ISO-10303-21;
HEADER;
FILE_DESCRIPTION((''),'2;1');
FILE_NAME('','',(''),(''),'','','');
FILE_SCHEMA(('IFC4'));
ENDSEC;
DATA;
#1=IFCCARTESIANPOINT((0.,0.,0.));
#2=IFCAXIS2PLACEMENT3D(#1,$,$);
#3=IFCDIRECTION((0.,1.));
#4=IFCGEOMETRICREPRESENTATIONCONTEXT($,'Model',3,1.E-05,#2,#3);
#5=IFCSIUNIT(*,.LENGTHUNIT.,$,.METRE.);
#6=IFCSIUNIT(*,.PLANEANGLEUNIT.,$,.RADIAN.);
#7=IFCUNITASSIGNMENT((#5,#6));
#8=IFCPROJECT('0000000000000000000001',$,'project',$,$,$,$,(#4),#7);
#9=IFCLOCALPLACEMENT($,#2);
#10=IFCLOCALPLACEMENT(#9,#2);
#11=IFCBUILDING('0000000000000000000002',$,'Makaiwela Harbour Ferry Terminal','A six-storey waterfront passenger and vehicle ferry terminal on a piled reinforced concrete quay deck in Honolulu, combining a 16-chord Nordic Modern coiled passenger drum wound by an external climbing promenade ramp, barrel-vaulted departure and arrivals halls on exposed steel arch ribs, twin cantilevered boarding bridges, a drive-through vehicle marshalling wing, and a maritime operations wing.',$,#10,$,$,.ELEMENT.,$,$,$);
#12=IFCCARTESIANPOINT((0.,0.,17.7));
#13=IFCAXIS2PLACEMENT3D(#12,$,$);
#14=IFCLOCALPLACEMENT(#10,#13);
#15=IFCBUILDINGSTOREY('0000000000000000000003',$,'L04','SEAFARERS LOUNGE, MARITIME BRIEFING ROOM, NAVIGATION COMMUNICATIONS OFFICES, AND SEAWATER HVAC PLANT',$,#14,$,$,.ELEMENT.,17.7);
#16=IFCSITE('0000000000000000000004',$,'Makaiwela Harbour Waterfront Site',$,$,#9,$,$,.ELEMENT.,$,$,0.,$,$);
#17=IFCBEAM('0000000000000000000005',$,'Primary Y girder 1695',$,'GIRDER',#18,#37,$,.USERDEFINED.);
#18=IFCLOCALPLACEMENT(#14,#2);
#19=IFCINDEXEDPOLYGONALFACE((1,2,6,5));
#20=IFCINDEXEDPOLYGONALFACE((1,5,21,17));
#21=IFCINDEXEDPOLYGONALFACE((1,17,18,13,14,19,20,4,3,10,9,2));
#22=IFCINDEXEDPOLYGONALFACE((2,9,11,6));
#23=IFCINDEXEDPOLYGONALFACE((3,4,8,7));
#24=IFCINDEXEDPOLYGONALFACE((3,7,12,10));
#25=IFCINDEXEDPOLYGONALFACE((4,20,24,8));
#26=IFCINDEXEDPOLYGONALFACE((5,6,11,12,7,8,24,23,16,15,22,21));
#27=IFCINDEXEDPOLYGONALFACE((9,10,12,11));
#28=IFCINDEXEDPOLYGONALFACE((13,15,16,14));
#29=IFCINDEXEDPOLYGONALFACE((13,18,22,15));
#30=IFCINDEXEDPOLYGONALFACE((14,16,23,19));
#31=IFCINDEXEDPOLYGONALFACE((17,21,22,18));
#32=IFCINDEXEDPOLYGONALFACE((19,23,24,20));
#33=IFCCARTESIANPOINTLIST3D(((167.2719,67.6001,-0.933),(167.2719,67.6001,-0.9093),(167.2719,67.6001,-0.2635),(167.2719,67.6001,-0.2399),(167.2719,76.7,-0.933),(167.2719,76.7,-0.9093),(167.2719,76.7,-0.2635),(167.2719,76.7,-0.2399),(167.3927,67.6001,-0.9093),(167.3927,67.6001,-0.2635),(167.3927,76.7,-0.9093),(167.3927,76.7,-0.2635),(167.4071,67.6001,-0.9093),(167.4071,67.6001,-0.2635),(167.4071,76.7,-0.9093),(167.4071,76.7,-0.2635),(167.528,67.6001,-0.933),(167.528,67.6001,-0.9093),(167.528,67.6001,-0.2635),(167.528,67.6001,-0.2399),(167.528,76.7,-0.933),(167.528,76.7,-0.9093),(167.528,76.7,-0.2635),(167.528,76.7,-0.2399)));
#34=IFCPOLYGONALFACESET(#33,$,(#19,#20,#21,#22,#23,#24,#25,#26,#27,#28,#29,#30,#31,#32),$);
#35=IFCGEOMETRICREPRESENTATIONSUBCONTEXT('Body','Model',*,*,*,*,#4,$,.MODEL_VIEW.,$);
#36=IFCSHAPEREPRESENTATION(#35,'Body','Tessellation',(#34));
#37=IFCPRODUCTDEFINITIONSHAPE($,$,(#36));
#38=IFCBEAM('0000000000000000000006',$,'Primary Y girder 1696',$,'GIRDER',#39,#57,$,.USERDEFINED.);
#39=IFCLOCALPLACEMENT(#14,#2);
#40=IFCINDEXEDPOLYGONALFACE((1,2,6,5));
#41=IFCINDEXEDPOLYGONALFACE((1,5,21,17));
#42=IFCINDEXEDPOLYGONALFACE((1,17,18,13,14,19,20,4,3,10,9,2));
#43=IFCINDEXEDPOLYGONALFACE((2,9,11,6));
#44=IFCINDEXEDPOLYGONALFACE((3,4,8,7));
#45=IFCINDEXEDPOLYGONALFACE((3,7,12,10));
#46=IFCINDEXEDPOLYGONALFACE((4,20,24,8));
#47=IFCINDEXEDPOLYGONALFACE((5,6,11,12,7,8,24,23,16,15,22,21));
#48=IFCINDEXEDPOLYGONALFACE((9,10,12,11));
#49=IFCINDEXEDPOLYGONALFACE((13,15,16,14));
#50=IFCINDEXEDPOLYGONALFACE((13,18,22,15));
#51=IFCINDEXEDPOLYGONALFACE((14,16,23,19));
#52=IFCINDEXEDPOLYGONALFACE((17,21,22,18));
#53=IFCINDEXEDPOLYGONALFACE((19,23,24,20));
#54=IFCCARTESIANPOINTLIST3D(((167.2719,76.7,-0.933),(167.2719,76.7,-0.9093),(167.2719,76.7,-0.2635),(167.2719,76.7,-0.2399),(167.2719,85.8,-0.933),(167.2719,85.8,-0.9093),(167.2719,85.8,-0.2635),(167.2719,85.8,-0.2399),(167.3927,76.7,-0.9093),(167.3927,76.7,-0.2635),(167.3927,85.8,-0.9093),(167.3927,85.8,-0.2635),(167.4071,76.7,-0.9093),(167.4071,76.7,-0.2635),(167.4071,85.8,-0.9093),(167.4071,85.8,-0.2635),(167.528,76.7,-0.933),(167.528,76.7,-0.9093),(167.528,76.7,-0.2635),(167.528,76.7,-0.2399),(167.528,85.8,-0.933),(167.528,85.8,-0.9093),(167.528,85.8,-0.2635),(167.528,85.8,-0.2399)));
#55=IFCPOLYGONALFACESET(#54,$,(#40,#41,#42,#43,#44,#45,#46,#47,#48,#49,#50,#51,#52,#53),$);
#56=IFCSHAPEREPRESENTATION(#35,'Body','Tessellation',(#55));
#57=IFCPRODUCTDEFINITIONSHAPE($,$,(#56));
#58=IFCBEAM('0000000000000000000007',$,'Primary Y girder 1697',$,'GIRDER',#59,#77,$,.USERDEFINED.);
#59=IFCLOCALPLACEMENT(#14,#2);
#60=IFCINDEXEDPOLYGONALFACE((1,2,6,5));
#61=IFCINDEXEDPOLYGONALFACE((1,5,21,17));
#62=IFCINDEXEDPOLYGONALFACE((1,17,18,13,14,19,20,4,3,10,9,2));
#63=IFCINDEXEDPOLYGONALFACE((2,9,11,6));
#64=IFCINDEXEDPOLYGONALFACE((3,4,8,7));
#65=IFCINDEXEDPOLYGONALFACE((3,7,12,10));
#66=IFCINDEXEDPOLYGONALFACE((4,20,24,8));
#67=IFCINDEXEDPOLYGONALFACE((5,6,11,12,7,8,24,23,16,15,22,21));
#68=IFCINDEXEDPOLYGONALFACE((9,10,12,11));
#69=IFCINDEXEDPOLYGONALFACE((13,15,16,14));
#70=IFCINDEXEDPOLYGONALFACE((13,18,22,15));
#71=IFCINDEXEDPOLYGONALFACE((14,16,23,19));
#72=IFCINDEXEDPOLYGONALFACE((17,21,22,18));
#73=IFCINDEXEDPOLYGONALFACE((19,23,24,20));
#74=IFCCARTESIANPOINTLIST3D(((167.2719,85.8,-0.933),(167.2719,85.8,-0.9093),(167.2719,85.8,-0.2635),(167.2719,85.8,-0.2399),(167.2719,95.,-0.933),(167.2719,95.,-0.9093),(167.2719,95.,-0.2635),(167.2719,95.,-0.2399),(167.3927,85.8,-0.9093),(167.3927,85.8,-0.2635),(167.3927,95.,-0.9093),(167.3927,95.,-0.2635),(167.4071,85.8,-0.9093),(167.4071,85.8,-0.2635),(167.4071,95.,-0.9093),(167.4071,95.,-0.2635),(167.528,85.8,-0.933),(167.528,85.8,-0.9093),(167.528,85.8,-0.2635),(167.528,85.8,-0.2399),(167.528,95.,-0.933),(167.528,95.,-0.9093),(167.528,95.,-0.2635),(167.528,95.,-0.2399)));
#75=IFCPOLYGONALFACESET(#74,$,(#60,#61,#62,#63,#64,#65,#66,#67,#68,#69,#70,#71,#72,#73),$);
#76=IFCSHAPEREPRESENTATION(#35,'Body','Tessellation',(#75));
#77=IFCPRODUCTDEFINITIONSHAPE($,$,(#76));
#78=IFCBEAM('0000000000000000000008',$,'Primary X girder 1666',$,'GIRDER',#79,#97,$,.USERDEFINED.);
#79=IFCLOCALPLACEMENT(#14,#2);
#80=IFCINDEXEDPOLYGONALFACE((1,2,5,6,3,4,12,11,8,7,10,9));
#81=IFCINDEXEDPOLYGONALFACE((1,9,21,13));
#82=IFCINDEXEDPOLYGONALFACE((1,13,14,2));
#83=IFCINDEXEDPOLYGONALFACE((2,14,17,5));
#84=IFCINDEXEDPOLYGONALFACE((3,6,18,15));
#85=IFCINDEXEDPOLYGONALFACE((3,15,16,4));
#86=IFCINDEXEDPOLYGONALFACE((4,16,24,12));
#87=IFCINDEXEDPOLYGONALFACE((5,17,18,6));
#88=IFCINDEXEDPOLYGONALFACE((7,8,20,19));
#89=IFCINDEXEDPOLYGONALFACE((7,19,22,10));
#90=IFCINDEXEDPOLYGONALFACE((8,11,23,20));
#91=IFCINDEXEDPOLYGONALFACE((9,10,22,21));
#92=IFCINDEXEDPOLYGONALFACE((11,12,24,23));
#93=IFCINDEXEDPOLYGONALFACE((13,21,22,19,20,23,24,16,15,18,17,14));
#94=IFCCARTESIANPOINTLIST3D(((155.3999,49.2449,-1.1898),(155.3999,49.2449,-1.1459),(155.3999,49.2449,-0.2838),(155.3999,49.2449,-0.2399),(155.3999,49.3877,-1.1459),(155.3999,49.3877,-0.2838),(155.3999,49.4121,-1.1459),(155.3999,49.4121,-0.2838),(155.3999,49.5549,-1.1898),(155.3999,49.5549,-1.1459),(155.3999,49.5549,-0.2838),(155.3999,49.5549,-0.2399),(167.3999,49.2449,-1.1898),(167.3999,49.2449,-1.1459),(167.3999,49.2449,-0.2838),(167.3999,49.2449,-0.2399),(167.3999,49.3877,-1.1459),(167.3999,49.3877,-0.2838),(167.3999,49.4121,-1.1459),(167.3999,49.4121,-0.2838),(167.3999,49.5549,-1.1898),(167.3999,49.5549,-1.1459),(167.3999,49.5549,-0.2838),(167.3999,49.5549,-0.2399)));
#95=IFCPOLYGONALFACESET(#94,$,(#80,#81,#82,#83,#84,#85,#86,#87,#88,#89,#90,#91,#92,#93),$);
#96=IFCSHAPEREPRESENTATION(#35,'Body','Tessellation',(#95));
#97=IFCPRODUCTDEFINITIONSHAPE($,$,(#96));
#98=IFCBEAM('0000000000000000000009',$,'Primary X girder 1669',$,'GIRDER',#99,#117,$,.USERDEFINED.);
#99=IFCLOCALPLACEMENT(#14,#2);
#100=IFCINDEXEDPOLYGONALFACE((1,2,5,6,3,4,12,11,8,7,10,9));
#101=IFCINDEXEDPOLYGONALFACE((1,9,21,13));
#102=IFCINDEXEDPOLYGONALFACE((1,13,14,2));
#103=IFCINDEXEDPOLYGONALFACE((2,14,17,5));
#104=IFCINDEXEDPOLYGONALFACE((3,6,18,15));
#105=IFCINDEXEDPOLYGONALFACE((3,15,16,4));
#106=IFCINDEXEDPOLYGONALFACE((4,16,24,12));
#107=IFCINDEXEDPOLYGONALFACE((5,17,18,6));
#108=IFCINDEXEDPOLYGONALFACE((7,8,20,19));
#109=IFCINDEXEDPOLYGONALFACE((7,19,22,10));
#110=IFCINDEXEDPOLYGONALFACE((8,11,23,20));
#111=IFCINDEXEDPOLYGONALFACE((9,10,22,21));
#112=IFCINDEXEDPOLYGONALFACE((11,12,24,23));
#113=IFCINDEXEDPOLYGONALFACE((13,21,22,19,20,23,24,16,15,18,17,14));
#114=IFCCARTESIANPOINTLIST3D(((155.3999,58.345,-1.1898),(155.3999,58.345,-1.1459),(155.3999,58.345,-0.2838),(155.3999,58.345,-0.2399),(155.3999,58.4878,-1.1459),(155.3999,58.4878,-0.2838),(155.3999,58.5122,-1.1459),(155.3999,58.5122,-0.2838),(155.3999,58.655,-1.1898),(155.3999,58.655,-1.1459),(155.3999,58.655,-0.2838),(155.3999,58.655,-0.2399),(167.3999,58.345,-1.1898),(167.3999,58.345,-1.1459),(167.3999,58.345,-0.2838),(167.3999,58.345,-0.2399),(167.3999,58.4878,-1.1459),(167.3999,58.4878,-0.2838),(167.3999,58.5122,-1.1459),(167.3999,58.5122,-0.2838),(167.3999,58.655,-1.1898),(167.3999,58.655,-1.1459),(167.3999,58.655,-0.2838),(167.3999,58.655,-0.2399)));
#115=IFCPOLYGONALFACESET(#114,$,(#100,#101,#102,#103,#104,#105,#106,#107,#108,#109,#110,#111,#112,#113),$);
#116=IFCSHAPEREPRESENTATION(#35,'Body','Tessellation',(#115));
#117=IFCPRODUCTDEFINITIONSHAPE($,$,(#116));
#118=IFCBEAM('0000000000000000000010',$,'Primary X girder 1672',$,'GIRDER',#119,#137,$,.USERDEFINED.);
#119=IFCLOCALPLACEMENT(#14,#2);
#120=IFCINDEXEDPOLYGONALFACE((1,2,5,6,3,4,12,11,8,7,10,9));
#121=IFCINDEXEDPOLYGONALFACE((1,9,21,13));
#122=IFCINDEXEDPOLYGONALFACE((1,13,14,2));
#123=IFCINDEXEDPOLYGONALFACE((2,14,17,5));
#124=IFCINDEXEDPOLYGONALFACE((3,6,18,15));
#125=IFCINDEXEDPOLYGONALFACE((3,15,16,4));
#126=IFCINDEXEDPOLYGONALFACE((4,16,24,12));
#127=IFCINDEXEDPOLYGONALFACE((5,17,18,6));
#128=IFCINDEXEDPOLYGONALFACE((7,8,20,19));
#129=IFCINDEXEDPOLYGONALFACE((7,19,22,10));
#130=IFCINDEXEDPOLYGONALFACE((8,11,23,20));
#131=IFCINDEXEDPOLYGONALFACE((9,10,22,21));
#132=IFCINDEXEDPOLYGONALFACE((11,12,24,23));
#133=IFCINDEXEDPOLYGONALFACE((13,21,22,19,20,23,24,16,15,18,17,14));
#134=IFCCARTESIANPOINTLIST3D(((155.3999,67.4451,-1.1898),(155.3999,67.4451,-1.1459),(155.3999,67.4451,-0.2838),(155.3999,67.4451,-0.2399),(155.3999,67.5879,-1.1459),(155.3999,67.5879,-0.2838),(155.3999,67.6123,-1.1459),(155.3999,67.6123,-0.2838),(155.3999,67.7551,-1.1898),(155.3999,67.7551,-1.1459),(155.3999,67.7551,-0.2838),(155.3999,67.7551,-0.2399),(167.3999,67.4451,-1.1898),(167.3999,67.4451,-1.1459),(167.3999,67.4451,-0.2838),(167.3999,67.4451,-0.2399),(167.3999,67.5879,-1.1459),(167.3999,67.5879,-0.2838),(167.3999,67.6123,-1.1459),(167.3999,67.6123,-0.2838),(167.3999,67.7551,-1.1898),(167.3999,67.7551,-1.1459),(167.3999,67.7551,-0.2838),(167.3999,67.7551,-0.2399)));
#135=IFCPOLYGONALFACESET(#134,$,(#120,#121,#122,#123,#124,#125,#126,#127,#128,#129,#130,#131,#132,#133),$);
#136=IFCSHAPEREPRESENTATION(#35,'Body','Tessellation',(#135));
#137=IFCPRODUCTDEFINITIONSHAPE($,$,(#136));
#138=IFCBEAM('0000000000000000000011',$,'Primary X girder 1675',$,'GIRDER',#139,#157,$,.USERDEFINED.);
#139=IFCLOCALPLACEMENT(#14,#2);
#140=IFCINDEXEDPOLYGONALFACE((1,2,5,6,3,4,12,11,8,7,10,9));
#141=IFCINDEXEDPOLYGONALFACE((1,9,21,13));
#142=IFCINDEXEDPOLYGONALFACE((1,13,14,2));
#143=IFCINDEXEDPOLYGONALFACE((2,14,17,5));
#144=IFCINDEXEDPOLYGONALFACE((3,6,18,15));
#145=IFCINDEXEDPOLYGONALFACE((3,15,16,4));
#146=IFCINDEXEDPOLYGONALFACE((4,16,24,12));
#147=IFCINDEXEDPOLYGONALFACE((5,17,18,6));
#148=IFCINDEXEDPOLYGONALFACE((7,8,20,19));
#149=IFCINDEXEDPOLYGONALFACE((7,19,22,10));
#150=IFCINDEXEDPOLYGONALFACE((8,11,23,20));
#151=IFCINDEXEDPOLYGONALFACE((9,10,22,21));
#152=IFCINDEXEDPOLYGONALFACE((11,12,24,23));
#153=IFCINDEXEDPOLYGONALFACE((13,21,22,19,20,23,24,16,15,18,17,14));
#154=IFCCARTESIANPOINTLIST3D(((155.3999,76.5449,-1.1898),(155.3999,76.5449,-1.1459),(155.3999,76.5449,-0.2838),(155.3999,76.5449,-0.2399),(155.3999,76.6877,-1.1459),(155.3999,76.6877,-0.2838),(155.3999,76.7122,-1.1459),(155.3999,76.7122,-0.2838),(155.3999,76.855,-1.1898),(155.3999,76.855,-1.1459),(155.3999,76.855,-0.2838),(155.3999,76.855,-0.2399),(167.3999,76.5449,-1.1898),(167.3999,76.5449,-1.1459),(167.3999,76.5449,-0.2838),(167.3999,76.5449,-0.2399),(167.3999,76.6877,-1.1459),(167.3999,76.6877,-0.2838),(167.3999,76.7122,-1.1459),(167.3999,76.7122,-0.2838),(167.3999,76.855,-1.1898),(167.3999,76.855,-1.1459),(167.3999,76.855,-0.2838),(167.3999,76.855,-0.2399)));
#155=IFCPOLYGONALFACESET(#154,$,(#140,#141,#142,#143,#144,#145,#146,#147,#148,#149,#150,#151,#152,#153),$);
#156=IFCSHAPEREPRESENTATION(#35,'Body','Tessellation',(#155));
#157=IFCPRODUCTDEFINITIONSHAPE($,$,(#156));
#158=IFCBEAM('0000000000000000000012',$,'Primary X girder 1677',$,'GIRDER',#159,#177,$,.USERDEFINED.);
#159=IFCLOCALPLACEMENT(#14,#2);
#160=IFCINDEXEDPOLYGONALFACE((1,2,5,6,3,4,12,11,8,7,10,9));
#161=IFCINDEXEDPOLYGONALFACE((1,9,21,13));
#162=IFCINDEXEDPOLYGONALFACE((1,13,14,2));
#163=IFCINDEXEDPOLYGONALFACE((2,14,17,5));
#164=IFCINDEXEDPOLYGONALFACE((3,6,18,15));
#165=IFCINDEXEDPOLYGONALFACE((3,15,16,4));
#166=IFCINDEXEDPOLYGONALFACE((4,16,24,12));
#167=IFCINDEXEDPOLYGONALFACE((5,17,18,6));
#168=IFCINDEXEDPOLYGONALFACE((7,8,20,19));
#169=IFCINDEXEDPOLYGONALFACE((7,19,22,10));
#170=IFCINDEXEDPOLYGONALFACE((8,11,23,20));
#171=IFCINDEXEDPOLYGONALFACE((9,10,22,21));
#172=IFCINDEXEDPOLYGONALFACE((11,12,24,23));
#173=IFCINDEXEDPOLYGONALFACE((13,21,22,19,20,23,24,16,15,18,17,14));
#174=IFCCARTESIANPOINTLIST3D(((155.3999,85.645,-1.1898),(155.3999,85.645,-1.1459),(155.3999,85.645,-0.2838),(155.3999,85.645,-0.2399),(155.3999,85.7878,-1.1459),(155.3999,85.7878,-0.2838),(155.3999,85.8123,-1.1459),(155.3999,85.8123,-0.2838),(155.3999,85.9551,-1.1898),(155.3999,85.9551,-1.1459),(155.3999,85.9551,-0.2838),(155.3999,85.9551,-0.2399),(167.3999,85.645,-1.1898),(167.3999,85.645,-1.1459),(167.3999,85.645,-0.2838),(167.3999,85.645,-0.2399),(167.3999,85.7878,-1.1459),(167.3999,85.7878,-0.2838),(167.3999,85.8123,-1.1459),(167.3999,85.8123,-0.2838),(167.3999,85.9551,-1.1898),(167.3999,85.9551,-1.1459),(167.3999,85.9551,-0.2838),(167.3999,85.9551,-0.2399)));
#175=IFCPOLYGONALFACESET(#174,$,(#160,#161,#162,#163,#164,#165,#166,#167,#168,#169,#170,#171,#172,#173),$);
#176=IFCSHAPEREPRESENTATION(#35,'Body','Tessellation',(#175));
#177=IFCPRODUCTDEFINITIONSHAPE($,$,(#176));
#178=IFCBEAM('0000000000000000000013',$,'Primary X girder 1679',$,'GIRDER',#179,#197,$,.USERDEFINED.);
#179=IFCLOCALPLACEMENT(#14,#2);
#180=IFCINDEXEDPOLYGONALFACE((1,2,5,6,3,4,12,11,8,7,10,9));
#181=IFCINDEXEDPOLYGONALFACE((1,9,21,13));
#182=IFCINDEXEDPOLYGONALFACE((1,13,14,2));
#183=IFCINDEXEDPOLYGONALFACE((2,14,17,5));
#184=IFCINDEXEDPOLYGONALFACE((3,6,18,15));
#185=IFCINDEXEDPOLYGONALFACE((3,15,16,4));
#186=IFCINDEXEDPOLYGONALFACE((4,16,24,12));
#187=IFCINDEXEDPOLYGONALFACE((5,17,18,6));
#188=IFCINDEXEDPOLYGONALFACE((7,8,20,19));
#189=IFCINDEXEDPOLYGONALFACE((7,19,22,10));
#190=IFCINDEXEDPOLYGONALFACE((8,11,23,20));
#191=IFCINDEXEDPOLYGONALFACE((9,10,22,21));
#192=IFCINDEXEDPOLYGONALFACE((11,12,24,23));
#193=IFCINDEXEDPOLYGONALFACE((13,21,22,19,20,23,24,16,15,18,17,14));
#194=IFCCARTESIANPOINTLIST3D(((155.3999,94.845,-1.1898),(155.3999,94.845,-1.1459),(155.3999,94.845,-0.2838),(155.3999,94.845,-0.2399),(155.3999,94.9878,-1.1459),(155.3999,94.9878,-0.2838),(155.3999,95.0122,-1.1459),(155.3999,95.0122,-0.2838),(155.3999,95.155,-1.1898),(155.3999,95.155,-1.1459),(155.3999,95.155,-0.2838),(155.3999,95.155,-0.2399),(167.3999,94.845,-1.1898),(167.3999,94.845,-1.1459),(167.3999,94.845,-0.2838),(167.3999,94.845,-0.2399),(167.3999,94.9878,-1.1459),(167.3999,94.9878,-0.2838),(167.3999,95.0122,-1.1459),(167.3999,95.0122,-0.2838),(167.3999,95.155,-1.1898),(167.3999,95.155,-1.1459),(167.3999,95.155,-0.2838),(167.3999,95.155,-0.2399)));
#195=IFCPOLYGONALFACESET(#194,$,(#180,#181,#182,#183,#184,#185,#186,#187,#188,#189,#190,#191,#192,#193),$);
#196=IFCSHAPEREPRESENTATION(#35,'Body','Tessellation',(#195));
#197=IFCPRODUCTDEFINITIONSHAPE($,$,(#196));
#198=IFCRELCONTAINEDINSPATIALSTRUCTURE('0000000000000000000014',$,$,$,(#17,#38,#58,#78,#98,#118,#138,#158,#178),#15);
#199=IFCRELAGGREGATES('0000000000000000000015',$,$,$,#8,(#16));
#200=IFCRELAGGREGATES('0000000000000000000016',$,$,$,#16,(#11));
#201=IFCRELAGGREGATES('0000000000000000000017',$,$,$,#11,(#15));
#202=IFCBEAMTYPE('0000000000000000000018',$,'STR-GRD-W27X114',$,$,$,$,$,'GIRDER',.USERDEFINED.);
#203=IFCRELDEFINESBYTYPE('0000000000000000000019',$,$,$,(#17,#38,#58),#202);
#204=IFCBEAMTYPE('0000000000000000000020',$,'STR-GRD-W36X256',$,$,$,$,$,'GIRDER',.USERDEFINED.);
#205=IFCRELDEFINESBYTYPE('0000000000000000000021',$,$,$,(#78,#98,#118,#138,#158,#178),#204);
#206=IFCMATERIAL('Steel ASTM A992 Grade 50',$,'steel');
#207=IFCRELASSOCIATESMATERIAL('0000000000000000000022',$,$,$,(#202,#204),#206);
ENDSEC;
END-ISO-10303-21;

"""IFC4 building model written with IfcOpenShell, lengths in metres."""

from ifc_helpers import new_model, si_unit, direction, frame, origin, origin_2d, place, context, subcontext, project, spatial, i_section, extrude, material, material_profile, profile_set, type_object, element, save


model = new_model("IFC4")

# Units and contexts
model_context = context("Model", 3, precision=1e-05, world=origin(), true_north=direction((0.0, 1.0)))
body_context = subcontext(model_context, "Body", "Model", "MODEL_VIEW")
ifc_project = project(units=[si_unit("LENGTHUNIT", "METRE"), si_unit("PLANEANGLEUNIT", "RADIAN")], contexts=[model_context])

# Site, building, storey
site_placement = place(None, origin())
site = spatial("IfcSite", under=ifc_project, at=site_placement, Name="Makaiwela Harbour Waterfront Site", CompositionType="ELEMENT", RefElevation=0.0)
building_placement = place(site_placement, origin())
building = spatial("IfcBuilding", under=site, at=building_placement, Name="Makaiwela Harbour Ferry Terminal", Description="A six-storey waterfront passenger and vehicle ferry terminal on a piled reinforced concrete quay deck in Honolulu, combining a 16-chord Nordic Modern coiled passenger drum wound by an external climbing promenade ramp, barrel-vaulted departure and arrivals halls on exposed steel arch ribs, twin cantilevered boarding bridges, a drive-through vehicle marshalling wing, and a maritime operations wing.", CompositionType="ELEMENT")
storey_placement = place(building_placement, frame((0.0, 0.0, 17.7)))
storey = spatial("IfcBuildingStorey", under=building, at=storey_placement, Name="L04", Description="SEAFARERS LOUNGE, MARITIME BRIEFING ROOM, NAVIGATION COMMUNICATIONS OFFICES, AND SEAWATER HVAC PLANT", CompositionType="ELEMENT", Elevation=17.7)

# Beams
ifc_material_1 = material(Name="Steel ASTM A992 Grade 50", Category="steel")
ifc_material_profile_1 = material_profile(ifc_material_1, i_section(OverallWidth=0.2561, OverallDepth=0.6931, WebThickness=0.0144, FlangeThickness=0.0237, at=origin_2d()), Name="W27X114")
ifc_profile_set_1 = profile_set([ifc_material_profile_1], Name="Steel ASTM A992 Grade 50")
beam_type_1 = type_object("IfcBeamType", Name="STR-GRD-W27X114", ElementType="GIRDER", PredefinedType="USERDEFINED", material=ifc_profile_set_1)
beam_1_placement = place(storey_placement, frame((167.3999, 67.6001, -0.5864), z_axis=(0.0, 1.0, 0.0), x_axis=(-1.0, 0.0, 0.0)))
element("IfcBeam", 1, at=beam_1_placement, inside=storey, type_object=beam_type_1, Name="Primary Y girder 1695", ObjectType="GIRDER", PredefinedType="USERDEFINED", context=body_context, shape_type="SweptSolid", body=[
    extrude(i_section(OverallWidth=0.2561, OverallDepth=0.6931, WebThickness=0.0144, FlangeThickness=0.0237, at=origin_2d()), origin(), (0.0, 0.0, 1.0), 9.0999),
])
beam_2_placement = place(storey_placement, frame((167.3999, 76.7, -0.5864), z_axis=(0.0, 1.0, 0.0), x_axis=(-1.0, 0.0, 0.0)))
element("IfcBeam", 2, at=beam_2_placement, inside=storey, type_object=beam_type_1, Name="Primary Y girder 1696", ObjectType="GIRDER", PredefinedType="USERDEFINED", context=body_context, shape_type="SweptSolid", body=[
    extrude(i_section(OverallWidth=0.2561, OverallDepth=0.6931, WebThickness=0.0144, FlangeThickness=0.0237, at=origin_2d()), origin(), (0.0, 0.0, 1.0), 9.1001),
])
beam_3_placement = place(storey_placement, frame((167.3999, 85.8, -0.5864), z_axis=(0.0, 1.0, 0.0), x_axis=(-1.0, 0.0, 0.0)))
element("IfcBeam", 3, at=beam_3_placement, inside=storey, type_object=beam_type_1, Name="Primary Y girder 1697", ObjectType="GIRDER", PredefinedType="USERDEFINED", context=body_context, shape_type="SweptSolid", body=[
    extrude(i_section(OverallWidth=0.2561, OverallDepth=0.6931, WebThickness=0.0144, FlangeThickness=0.0237, at=origin_2d()), origin(), (0.0, 0.0, 1.0), 9.2),
])
ifc_material_profile_2 = material_profile(ifc_material_1, i_section(OverallWidth=0.3101, OverallDepth=0.95, WebThickness=0.0244, FlangeThickness=0.0439, at=origin_2d()), Name="W36X256")
ifc_profile_set_2 = profile_set([ifc_material_profile_2], Name="Steel ASTM A992 Grade 50")
beam_type_2 = type_object("IfcBeamType", Name="STR-GRD-W36X256", ElementType="GIRDER", PredefinedType="USERDEFINED", material=ifc_profile_set_2)
for number, where, z_axis, x_axis, name in (
    (4, (155.3999, 49.3999, -0.7148), (1.0, 0.0, 0.0), (0.0, 1.0, 0.0), "Primary X girder 1666"),
    (5, (155.3999, 58.5, -0.7148), (1.0, 0.0, 0.0), (0.0, 1.0, 0.0), "Primary X girder 1669"),
    (6, (155.3999, 67.6001, -0.7148), (1.0, 0.0, 0.0), (0.0, 1.0, 0.0), "Primary X girder 1672"),
    (7, (155.3999, 76.7, -0.7148), (1.0, 0.0, 0.0), (0.0, 1.0, 0.0), "Primary X girder 1675"),
    (8, (155.3999, 85.8, -0.7148), (1.0, 0.0, 0.0), (0.0, 1.0, 0.0), "Primary X girder 1677"),
    (9, (155.3999, 95.0, -0.7148), (1.0, 0.0, 0.0), (0.0, 1.0, 0.0), "Primary X girder 1679"),
):
    element("IfcBeam", number, at=place(storey_placement, frame(where, z_axis=z_axis, x_axis=x_axis)), inside=storey, type_object=beam_type_2, Name=name, ObjectType="GIRDER", PredefinedType="USERDEFINED", context=body_context, shape_type="SweptSolid", body=[
        extrude(i_section(OverallWidth=0.3101, OverallDepth=0.95, WebThickness=0.0244, FlangeThickness=0.0439, at=origin_2d()), origin(), (0.0, 0.0, 1.0), 12.0),
    ])

save(model, "model.ifc")
